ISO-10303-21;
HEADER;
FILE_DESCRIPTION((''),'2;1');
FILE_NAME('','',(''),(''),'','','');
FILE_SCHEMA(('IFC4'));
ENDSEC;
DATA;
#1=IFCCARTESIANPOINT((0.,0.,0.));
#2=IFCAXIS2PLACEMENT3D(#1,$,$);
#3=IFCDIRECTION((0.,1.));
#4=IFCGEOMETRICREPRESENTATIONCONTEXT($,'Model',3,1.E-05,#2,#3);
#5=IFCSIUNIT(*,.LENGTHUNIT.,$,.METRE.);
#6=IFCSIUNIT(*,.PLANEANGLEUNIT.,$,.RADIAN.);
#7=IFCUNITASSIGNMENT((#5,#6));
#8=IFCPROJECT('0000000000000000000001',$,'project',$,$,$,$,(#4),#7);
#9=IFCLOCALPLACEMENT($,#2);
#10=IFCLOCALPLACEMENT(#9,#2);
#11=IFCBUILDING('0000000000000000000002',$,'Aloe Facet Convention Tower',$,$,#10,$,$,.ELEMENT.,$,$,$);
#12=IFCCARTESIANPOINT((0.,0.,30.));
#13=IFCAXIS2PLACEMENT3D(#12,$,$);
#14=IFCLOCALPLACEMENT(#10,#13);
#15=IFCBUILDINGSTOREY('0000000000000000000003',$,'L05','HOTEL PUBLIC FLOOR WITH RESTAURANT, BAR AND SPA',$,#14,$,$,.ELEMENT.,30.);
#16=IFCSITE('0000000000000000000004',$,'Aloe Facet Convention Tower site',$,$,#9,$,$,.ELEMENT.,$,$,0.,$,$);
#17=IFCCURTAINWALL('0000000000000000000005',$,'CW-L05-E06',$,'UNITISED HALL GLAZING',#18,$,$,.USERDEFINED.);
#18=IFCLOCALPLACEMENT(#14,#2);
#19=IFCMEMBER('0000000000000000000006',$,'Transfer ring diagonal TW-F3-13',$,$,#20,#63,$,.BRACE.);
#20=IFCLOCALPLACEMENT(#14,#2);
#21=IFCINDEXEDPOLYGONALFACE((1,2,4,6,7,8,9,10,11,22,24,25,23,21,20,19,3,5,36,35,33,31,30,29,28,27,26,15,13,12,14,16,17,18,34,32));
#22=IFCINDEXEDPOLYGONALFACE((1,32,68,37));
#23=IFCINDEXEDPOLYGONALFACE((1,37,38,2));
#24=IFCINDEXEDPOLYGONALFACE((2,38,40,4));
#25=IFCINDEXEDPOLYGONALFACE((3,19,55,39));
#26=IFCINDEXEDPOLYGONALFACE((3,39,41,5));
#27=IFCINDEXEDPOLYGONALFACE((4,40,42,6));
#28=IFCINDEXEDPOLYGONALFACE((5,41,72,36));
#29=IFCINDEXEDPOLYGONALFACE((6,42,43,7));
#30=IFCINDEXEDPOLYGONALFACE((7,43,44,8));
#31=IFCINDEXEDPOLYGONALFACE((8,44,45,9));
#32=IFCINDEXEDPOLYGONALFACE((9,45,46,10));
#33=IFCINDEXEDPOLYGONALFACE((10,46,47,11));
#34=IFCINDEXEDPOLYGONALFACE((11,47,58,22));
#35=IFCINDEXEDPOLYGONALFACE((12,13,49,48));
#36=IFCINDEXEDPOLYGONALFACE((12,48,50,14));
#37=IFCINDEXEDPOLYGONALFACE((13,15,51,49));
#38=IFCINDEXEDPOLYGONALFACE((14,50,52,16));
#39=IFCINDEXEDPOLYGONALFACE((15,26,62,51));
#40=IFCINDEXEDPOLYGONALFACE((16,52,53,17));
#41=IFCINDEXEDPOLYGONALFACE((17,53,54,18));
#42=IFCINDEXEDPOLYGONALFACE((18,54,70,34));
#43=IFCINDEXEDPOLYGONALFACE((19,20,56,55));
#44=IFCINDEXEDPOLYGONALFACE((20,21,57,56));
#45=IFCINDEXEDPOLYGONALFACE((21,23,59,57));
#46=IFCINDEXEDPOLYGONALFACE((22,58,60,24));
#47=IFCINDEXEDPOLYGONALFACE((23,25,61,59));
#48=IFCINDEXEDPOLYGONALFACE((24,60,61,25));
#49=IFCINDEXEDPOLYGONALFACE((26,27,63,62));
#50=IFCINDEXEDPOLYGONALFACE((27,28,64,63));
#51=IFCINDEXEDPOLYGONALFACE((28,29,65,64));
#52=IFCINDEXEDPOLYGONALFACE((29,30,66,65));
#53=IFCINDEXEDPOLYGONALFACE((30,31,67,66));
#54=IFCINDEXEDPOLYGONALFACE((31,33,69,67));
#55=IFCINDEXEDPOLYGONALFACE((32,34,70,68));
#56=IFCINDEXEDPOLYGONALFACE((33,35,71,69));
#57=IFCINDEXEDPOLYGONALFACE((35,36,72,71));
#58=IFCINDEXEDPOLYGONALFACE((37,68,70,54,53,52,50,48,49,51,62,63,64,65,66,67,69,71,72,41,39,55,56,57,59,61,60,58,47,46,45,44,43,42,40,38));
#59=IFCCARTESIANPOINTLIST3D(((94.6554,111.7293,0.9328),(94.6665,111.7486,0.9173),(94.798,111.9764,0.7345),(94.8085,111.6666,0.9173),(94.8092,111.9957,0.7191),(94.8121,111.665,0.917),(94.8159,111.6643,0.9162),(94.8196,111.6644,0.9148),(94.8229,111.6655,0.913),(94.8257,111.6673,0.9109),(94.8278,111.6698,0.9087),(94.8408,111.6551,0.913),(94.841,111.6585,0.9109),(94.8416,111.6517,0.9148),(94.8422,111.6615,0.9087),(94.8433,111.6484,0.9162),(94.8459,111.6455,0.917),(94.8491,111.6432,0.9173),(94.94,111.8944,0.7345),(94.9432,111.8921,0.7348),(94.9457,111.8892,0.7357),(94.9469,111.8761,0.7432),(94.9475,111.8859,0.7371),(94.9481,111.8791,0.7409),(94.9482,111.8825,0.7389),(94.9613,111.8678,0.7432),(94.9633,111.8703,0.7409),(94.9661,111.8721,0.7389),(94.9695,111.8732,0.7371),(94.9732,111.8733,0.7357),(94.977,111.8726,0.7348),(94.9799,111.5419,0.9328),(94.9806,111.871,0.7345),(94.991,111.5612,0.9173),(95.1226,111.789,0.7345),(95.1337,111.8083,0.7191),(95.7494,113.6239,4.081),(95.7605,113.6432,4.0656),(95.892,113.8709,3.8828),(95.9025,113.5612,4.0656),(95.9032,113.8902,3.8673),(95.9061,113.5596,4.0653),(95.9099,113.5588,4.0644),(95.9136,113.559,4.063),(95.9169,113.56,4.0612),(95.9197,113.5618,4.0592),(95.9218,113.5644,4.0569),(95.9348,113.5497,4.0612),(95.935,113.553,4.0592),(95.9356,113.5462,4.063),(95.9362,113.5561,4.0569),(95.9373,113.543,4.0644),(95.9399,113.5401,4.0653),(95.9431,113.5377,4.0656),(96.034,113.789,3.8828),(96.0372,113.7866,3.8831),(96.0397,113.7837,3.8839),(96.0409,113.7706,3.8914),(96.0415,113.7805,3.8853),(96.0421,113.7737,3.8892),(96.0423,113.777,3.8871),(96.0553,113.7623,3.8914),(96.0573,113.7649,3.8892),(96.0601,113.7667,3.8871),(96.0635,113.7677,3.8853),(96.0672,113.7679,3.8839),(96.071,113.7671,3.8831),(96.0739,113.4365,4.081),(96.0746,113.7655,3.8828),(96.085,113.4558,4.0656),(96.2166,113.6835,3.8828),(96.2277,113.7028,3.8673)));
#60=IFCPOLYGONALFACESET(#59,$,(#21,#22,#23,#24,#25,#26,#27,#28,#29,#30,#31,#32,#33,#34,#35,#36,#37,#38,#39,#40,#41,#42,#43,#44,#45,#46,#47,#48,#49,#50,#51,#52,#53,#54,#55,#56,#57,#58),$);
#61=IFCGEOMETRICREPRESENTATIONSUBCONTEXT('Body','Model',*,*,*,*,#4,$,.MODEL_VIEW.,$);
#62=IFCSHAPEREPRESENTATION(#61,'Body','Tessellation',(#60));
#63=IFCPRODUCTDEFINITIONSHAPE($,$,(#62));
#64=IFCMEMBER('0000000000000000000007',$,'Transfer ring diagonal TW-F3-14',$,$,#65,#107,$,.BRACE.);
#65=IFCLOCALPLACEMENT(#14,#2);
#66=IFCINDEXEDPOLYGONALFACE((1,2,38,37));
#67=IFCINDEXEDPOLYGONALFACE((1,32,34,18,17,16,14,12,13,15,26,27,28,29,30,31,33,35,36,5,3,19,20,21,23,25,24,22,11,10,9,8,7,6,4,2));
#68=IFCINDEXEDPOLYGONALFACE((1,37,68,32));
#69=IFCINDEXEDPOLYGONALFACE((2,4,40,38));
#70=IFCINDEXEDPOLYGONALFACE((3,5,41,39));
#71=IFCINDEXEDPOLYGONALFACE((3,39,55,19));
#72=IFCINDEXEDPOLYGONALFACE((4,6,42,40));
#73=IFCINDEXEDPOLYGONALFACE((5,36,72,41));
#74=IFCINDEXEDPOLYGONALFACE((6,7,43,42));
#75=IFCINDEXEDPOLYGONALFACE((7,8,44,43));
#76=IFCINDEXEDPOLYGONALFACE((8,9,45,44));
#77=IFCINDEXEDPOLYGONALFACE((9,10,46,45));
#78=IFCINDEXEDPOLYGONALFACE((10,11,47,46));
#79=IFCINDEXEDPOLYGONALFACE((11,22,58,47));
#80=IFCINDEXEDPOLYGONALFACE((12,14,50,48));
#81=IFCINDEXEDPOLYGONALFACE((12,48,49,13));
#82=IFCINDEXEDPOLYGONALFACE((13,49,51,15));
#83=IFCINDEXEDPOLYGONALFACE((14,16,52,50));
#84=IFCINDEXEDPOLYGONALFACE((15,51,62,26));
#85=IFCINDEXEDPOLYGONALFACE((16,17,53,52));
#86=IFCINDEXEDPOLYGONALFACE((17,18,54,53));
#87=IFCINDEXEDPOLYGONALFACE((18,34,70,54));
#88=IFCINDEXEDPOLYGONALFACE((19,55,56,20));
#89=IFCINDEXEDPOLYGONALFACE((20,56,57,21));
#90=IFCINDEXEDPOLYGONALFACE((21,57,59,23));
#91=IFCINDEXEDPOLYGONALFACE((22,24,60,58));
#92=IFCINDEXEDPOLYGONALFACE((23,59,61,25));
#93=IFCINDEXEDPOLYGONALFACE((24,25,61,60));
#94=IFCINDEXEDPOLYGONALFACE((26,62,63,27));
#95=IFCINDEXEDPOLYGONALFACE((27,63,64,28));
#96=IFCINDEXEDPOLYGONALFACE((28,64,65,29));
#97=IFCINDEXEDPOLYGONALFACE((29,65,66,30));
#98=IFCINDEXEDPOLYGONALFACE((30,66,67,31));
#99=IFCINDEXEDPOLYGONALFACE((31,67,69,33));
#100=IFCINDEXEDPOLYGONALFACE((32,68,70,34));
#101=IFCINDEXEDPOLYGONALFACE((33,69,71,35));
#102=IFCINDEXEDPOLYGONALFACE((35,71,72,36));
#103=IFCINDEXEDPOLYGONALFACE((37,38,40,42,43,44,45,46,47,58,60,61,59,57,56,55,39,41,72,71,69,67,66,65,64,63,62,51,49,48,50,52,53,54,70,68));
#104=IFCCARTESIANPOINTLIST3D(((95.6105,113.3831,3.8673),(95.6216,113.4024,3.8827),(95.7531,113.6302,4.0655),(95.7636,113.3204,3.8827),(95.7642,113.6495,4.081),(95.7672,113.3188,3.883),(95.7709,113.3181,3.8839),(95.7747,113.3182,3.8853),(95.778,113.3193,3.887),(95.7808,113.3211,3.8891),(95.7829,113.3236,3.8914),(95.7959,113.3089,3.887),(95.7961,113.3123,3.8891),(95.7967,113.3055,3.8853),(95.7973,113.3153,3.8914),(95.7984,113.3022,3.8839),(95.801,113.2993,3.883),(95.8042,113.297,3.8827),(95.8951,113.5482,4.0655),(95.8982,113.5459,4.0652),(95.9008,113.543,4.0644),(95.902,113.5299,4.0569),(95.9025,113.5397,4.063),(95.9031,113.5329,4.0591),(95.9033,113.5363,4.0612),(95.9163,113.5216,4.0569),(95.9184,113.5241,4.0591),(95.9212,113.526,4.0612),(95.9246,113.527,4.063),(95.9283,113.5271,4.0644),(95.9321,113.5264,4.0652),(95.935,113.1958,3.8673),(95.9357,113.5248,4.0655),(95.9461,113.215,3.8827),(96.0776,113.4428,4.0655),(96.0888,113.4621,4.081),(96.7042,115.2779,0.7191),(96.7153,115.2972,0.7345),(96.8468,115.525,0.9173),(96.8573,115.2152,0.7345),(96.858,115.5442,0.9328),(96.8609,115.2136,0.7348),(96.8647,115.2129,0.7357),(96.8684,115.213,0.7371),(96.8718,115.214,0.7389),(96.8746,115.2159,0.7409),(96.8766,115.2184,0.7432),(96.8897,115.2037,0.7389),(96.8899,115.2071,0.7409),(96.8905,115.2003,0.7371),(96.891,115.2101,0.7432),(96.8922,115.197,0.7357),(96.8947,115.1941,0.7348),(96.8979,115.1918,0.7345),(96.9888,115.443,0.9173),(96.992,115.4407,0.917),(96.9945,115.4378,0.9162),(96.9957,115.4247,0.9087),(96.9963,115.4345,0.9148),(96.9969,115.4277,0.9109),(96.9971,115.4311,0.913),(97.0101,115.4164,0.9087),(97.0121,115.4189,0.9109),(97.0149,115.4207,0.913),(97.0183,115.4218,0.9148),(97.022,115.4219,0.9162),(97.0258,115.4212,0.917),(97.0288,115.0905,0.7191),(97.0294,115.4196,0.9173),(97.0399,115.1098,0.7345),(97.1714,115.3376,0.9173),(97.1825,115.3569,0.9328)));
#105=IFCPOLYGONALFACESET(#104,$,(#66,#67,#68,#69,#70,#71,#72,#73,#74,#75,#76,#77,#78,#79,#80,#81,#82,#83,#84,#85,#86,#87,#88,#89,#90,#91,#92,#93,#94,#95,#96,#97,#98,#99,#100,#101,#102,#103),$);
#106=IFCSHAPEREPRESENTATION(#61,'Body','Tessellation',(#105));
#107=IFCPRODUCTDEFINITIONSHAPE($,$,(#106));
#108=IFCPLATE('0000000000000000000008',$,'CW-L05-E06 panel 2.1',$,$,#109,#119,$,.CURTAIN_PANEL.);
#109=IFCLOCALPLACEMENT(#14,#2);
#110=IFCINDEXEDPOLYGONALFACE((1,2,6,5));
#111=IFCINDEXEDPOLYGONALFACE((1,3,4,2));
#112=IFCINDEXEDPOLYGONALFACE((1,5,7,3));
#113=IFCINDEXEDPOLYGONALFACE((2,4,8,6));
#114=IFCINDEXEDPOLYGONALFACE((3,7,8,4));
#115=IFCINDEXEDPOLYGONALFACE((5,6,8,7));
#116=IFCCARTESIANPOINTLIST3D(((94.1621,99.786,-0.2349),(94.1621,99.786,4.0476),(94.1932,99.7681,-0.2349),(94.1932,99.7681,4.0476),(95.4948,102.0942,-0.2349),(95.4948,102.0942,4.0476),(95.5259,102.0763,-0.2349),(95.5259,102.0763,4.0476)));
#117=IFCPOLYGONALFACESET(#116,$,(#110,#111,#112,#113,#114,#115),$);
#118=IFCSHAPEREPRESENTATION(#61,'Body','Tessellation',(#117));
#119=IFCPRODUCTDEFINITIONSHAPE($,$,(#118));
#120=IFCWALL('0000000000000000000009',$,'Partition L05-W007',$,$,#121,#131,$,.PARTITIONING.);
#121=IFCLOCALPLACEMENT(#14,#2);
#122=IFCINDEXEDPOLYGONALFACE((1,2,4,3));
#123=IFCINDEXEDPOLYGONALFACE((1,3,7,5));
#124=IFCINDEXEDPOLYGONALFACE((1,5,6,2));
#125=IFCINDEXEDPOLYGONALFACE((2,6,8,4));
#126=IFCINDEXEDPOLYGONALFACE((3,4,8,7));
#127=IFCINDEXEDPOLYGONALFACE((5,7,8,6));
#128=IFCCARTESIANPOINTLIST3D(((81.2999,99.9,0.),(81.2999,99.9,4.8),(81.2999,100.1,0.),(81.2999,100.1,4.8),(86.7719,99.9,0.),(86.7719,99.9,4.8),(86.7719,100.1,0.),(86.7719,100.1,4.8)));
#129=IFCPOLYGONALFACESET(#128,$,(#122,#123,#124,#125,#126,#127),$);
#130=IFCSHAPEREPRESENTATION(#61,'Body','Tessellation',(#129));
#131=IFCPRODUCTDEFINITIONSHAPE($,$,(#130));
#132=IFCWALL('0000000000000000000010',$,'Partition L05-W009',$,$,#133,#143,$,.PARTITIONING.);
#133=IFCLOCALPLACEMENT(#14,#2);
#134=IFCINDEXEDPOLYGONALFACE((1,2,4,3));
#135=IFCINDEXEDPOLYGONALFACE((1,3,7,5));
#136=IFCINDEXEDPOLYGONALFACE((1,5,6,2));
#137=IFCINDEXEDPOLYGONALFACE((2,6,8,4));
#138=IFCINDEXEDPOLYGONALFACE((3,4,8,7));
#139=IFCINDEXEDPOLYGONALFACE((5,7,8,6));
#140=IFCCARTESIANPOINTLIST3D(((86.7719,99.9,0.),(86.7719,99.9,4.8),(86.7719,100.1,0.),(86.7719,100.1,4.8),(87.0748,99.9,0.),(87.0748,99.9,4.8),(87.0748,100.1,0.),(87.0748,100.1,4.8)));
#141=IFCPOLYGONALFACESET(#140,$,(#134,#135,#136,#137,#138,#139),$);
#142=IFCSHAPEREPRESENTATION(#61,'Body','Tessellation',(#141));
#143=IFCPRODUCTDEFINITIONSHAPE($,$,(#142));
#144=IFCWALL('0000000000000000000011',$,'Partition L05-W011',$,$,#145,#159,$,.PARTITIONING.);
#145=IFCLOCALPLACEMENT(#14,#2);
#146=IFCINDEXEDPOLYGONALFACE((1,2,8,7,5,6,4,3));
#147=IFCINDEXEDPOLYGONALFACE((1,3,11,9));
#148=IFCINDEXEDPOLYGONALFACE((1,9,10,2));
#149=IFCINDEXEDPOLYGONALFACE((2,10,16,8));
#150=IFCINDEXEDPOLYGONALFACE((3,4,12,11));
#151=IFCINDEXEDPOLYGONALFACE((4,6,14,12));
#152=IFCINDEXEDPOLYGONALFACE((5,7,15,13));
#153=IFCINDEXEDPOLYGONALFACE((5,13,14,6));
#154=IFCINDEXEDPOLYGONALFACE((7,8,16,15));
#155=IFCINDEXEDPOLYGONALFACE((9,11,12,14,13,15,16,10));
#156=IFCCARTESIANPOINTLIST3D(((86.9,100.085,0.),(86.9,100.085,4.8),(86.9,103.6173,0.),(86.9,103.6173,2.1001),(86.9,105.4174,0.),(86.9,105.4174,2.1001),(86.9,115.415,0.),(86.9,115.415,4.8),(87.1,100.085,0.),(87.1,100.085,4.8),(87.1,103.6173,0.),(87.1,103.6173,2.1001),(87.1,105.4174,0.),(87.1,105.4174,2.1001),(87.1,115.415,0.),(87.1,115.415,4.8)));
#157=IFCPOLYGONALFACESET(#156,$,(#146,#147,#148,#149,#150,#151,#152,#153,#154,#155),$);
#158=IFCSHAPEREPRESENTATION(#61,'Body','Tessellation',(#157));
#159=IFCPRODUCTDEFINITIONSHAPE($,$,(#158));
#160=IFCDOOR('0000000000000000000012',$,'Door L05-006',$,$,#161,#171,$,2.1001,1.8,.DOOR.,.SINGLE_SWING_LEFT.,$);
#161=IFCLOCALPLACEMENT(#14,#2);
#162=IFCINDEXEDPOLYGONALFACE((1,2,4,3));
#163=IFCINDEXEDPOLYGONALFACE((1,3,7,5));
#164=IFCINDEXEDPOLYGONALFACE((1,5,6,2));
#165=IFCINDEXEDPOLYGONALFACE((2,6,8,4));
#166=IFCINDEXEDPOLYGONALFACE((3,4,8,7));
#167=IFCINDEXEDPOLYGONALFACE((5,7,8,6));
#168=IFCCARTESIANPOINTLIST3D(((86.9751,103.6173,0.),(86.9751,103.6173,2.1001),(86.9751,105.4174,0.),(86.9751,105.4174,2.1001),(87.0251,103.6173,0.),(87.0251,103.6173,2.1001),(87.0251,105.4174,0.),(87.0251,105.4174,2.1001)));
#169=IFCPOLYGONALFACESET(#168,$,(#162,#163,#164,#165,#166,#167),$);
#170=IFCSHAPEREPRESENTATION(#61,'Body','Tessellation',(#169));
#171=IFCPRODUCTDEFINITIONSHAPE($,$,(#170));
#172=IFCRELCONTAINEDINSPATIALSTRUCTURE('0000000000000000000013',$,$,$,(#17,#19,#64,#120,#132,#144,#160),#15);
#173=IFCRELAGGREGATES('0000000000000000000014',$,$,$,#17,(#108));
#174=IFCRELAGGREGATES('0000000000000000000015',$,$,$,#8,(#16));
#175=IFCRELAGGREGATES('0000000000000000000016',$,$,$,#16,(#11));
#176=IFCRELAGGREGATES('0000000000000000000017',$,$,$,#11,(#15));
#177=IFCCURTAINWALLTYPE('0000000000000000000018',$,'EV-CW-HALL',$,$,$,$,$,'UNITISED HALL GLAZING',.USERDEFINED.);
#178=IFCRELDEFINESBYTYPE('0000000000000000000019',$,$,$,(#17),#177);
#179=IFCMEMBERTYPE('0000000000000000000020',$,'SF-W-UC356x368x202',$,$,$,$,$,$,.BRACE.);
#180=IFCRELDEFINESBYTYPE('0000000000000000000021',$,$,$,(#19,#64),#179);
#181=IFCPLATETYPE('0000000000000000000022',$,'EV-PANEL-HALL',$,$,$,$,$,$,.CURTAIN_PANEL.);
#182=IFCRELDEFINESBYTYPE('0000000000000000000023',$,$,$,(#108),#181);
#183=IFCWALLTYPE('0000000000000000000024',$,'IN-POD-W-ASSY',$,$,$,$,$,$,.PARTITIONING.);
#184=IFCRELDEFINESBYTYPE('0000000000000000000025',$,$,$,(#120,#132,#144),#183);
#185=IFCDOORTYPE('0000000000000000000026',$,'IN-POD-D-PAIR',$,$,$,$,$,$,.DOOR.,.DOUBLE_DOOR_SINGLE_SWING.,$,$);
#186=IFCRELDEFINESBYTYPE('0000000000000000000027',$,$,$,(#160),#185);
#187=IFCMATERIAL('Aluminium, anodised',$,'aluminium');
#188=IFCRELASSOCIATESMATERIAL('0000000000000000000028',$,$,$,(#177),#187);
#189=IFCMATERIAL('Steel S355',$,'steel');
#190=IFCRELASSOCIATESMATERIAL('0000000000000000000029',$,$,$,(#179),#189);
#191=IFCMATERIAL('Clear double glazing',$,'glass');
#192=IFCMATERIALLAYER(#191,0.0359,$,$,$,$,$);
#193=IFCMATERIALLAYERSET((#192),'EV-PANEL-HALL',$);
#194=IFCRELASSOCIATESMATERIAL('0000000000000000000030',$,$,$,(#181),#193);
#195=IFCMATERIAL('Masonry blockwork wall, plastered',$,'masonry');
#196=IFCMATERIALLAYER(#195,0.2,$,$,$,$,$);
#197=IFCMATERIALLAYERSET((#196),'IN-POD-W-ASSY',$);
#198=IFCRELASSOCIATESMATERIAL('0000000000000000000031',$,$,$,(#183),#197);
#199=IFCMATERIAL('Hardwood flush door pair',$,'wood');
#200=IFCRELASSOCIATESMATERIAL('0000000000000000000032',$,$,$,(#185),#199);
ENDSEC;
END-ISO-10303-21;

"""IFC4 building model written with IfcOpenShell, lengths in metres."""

from ifc_helpers import new_model, si_unit, direction, frame, frame_2d, origin, origin_2d, place, context, subcontext, project, spatial, rectangle, i_section, extrude, material, layer, layer_set, material_profile, profile_set, type_object, element, fill, aggregate, save


model = new_model("IFC4")

# Units and contexts
model_context = context("Model", 3, precision=1e-05, world=origin(), true_north=direction((0.0, 1.0)))
body_context = subcontext(model_context, "Body", "Model", "MODEL_VIEW")
ifc_project = project(units=[si_unit("LENGTHUNIT", "METRE"), si_unit("PLANEANGLEUNIT", "RADIAN")], contexts=[model_context])

# Site, building, storey
site_placement = place(None, origin())
site = spatial("IfcSite", under=ifc_project, at=site_placement, Name="Aloe Facet Convention Tower site", CompositionType="ELEMENT", RefElevation=0.0)
building_placement = place(site_placement, origin())
building = spatial("IfcBuilding", under=site, at=building_placement, Name="Aloe Facet Convention Tower", CompositionType="ELEMENT")
storey_placement = place(building_placement, frame((0.0, 0.0, 30.0)))
storey = spatial("IfcBuildingStorey", under=building, at=storey_placement, Name="L05", Description="HOTEL PUBLIC FLOOR WITH RESTAURANT, BAR AND SPA", CompositionType="ELEMENT", Elevation=30.0)

# Curtain wall
ifc_material_1 = material(Name="Aluminium, anodised", Category="aluminium")
curtain_wall_type = type_object("IfcCurtainWallType", Name="EV-CW-HALL", ElementType="UNITISED HALL GLAZING", PredefinedType="USERDEFINED", material=ifc_material_1)
curtain_wall_placement = place(storey_placement, origin())
curtain_wall = element("IfcCurtainWall", 1, at=curtain_wall_placement, inside=storey, type_object=curtain_wall_type, Name="CW-L05-E06", ObjectType="UNITISED HALL GLAZING", PredefinedType="USERDEFINED")

# Members
ifc_material_2 = material(Name="Steel S355", Category="steel")
ifc_material_profile_1 = material_profile(ifc_material_2, i_section(OverallWidth=0.3748, OverallDepth=0.3745, WebThickness=0.0166, FlangeThickness=0.0271, FilletRadius=0.0151, at=origin_2d()), Name="UC 356x368x202")
ifc_profile_set_1 = profile_set([ifc_material_profile_1], Name="Steel S355")
member_type_1 = type_object("IfcMemberType", Name="SF-W-UC356x368x202", PredefinedType="BRACE", material=ifc_profile_set_1)
for number, where, z_axis, x_axis, name in (
    (2, (94.8945, 111.7688, 0.8259), (0.285363, 0.494179, 0.821191), (-0.865989, 0.500064, 0.0), "Transfer ring diagonal TW-F3-13"),
    (3, (95.8496, 113.4226, 3.9741), (0.285296, 0.494236, -0.82118), (-0.866065, 0.499932, 0.0), "Transfer ring diagonal TW-F3-14"),
):
    element("IfcMember", number, at=place(storey_placement, frame(where, z_axis=z_axis, x_axis=x_axis)), inside=storey, type_object=member_type_1, Name=name, PredefinedType="BRACE", context=body_context, shape_type="SweptSolid", body=[
        extrude(i_section(OverallWidth=0.3748, OverallDepth=0.3745, WebThickness=0.0166, FlangeThickness=0.0271, FilletRadius=0.0151, at=origin_2d()), origin(), (0.0, 0.0, 1.0), 3.8337),
    ])

# Plate
ifc_material_3 = material(Name="Clear double glazing", Category="glass")
ifc_layer_1 = layer(ifc_material_3, 0.0359)
ifc_layer_set_1 = layer_set([ifc_layer_1], Name="EV-PANEL-HALL")
plate_type = type_object("IfcPlateType", Name="EV-PANEL-HALL", PredefinedType="CURTAIN_PANEL", material=ifc_layer_set_1)
plate_placement = place(storey_placement, frame((94.844, 100.9312, -0.2349), z_axis=(0.0, 0.0, 1.0), x_axis=(0.5, 0.866025, 0.0)))
plate = element("IfcPlate", 4, at=plate_placement, type_object=plate_type, Name="CW-L05-E06 panel 2.1", PredefinedType="CURTAIN_PANEL", context=body_context, shape_type="SweptSolid", body=[
    extrude(rectangle(XDim=2.6653, YDim=0.0359, at=origin_2d()), origin(), (0.0, 0.0, 1.0), 4.2825),
])
aggregate(curtain_wall, [plate])

# Walls
ifc_material_4 = material(Name="Masonry blockwork wall, plastered", Category="masonry")
ifc_layer_2 = layer(ifc_material_4, 0.2)
ifc_layer_set_2 = layer_set([ifc_layer_2], Name="IN-POD-W-ASSY")
wall_type = type_object("IfcWallType", Name="IN-POD-W-ASSY", PredefinedType="PARTITIONING", material=ifc_layer_set_2)
wall_1_placement = place(storey_placement, frame((81.3, 100.0, 0.0), z_axis=(0.0, 0.0, 1.0), x_axis=(1.0, 0.0, 0.0)))
element("IfcWall", 5, at=wall_1_placement, inside=storey, type_object=wall_type, Name="Partition L05-W007", PredefinedType="PARTITIONING", context=body_context, shape_type="SweptSolid", body=[
    extrude(rectangle(XDim=5.4719, YDim=0.2, at=frame_2d((2.7358, 0.0))), origin(), (0.0, 0.0, 1.0), 4.8),
])
wall_2_placement = place(storey_placement, frame((86.772, 100.0, 0.0), z_axis=(0.0, 0.0, 1.0), x_axis=(1.0, 0.0, 0.0)))
element("IfcWall", 6, at=wall_2_placement, inside=storey, type_object=wall_type, Name="Partition L05-W009", PredefinedType="PARTITIONING", context=body_context, shape_type="SweptSolid", body=[
    extrude(rectangle(XDim=0.303, YDim=0.2, at=frame_2d((0.1514, 0.0))), origin(), (0.0, 0.0, 1.0), 4.8),
])

# Wall, opening, door
wall_3_placement = place(storey_placement, frame((87.0, 100.085, 0.0), z_axis=(0.0, 0.0, 1.0), x_axis=(0.0, 1.0, 0.0)))
wall_3 = element("IfcWall", 7, at=wall_3_placement, inside=storey, type_object=wall_type, Name="Partition L05-W011", PredefinedType="PARTITIONING", context=body_context, shape_type="SweptSolid", body=[
    extrude(rectangle(XDim=15.3301, YDim=0.2, at=frame_2d((7.665, 0.0))), origin(), (0.0, 0.0, 1.0), 4.8),
])
opening_placement = place(wall_3_placement, frame((3.5325, 0.0, 0.0)))
opening = element("IfcOpeningElement", 8, at=opening_placement, cuts=wall_3, PredefinedType="OPENING", context=body_context, shape_type="SweptSolid", body=[
    extrude(rectangle(XDim=1.8, YDim=2.1001, at=frame_2d((0.8999, 1.05))), frame((0.0, 0.1099, 0.0), z_axis=(0.0, -1.0, 0.0), x_axis=(1.0, 0.0, 0.0)), (0.0, 0.0, 1.0), 0.22),
])
ifc_material_5 = material(Name="Hardwood flush door pair", Category="wood")
door_type = type_object("IfcDoorType", Name="IN-POD-D-PAIR", OperationType="DOUBLE_DOOR_SINGLE_SWING", PredefinedType="DOOR", material=ifc_material_5)
door_placement = place(opening_placement, origin())
door = element("IfcDoor", 9, at=door_placement, inside=storey, type_object=door_type, Name="Door L05-006", OperationType="SINGLE_SWING_LEFT", OverallHeight=2.1001, OverallWidth=1.8, PredefinedType="DOOR", context=body_context, shape_type="SweptSolid", body=[
    extrude(rectangle(XDim=1.8, YDim=2.1001, at=frame_2d((0.8999, 1.05))), frame((0.0, 0.0249, 0.0), z_axis=(0.0, -1.0, 0.0), x_axis=(1.0, 0.0, 0.0)), (0.0, 0.0, 1.0), 0.05),
])
fill(opening, door)

save(model, "model.ifc")
